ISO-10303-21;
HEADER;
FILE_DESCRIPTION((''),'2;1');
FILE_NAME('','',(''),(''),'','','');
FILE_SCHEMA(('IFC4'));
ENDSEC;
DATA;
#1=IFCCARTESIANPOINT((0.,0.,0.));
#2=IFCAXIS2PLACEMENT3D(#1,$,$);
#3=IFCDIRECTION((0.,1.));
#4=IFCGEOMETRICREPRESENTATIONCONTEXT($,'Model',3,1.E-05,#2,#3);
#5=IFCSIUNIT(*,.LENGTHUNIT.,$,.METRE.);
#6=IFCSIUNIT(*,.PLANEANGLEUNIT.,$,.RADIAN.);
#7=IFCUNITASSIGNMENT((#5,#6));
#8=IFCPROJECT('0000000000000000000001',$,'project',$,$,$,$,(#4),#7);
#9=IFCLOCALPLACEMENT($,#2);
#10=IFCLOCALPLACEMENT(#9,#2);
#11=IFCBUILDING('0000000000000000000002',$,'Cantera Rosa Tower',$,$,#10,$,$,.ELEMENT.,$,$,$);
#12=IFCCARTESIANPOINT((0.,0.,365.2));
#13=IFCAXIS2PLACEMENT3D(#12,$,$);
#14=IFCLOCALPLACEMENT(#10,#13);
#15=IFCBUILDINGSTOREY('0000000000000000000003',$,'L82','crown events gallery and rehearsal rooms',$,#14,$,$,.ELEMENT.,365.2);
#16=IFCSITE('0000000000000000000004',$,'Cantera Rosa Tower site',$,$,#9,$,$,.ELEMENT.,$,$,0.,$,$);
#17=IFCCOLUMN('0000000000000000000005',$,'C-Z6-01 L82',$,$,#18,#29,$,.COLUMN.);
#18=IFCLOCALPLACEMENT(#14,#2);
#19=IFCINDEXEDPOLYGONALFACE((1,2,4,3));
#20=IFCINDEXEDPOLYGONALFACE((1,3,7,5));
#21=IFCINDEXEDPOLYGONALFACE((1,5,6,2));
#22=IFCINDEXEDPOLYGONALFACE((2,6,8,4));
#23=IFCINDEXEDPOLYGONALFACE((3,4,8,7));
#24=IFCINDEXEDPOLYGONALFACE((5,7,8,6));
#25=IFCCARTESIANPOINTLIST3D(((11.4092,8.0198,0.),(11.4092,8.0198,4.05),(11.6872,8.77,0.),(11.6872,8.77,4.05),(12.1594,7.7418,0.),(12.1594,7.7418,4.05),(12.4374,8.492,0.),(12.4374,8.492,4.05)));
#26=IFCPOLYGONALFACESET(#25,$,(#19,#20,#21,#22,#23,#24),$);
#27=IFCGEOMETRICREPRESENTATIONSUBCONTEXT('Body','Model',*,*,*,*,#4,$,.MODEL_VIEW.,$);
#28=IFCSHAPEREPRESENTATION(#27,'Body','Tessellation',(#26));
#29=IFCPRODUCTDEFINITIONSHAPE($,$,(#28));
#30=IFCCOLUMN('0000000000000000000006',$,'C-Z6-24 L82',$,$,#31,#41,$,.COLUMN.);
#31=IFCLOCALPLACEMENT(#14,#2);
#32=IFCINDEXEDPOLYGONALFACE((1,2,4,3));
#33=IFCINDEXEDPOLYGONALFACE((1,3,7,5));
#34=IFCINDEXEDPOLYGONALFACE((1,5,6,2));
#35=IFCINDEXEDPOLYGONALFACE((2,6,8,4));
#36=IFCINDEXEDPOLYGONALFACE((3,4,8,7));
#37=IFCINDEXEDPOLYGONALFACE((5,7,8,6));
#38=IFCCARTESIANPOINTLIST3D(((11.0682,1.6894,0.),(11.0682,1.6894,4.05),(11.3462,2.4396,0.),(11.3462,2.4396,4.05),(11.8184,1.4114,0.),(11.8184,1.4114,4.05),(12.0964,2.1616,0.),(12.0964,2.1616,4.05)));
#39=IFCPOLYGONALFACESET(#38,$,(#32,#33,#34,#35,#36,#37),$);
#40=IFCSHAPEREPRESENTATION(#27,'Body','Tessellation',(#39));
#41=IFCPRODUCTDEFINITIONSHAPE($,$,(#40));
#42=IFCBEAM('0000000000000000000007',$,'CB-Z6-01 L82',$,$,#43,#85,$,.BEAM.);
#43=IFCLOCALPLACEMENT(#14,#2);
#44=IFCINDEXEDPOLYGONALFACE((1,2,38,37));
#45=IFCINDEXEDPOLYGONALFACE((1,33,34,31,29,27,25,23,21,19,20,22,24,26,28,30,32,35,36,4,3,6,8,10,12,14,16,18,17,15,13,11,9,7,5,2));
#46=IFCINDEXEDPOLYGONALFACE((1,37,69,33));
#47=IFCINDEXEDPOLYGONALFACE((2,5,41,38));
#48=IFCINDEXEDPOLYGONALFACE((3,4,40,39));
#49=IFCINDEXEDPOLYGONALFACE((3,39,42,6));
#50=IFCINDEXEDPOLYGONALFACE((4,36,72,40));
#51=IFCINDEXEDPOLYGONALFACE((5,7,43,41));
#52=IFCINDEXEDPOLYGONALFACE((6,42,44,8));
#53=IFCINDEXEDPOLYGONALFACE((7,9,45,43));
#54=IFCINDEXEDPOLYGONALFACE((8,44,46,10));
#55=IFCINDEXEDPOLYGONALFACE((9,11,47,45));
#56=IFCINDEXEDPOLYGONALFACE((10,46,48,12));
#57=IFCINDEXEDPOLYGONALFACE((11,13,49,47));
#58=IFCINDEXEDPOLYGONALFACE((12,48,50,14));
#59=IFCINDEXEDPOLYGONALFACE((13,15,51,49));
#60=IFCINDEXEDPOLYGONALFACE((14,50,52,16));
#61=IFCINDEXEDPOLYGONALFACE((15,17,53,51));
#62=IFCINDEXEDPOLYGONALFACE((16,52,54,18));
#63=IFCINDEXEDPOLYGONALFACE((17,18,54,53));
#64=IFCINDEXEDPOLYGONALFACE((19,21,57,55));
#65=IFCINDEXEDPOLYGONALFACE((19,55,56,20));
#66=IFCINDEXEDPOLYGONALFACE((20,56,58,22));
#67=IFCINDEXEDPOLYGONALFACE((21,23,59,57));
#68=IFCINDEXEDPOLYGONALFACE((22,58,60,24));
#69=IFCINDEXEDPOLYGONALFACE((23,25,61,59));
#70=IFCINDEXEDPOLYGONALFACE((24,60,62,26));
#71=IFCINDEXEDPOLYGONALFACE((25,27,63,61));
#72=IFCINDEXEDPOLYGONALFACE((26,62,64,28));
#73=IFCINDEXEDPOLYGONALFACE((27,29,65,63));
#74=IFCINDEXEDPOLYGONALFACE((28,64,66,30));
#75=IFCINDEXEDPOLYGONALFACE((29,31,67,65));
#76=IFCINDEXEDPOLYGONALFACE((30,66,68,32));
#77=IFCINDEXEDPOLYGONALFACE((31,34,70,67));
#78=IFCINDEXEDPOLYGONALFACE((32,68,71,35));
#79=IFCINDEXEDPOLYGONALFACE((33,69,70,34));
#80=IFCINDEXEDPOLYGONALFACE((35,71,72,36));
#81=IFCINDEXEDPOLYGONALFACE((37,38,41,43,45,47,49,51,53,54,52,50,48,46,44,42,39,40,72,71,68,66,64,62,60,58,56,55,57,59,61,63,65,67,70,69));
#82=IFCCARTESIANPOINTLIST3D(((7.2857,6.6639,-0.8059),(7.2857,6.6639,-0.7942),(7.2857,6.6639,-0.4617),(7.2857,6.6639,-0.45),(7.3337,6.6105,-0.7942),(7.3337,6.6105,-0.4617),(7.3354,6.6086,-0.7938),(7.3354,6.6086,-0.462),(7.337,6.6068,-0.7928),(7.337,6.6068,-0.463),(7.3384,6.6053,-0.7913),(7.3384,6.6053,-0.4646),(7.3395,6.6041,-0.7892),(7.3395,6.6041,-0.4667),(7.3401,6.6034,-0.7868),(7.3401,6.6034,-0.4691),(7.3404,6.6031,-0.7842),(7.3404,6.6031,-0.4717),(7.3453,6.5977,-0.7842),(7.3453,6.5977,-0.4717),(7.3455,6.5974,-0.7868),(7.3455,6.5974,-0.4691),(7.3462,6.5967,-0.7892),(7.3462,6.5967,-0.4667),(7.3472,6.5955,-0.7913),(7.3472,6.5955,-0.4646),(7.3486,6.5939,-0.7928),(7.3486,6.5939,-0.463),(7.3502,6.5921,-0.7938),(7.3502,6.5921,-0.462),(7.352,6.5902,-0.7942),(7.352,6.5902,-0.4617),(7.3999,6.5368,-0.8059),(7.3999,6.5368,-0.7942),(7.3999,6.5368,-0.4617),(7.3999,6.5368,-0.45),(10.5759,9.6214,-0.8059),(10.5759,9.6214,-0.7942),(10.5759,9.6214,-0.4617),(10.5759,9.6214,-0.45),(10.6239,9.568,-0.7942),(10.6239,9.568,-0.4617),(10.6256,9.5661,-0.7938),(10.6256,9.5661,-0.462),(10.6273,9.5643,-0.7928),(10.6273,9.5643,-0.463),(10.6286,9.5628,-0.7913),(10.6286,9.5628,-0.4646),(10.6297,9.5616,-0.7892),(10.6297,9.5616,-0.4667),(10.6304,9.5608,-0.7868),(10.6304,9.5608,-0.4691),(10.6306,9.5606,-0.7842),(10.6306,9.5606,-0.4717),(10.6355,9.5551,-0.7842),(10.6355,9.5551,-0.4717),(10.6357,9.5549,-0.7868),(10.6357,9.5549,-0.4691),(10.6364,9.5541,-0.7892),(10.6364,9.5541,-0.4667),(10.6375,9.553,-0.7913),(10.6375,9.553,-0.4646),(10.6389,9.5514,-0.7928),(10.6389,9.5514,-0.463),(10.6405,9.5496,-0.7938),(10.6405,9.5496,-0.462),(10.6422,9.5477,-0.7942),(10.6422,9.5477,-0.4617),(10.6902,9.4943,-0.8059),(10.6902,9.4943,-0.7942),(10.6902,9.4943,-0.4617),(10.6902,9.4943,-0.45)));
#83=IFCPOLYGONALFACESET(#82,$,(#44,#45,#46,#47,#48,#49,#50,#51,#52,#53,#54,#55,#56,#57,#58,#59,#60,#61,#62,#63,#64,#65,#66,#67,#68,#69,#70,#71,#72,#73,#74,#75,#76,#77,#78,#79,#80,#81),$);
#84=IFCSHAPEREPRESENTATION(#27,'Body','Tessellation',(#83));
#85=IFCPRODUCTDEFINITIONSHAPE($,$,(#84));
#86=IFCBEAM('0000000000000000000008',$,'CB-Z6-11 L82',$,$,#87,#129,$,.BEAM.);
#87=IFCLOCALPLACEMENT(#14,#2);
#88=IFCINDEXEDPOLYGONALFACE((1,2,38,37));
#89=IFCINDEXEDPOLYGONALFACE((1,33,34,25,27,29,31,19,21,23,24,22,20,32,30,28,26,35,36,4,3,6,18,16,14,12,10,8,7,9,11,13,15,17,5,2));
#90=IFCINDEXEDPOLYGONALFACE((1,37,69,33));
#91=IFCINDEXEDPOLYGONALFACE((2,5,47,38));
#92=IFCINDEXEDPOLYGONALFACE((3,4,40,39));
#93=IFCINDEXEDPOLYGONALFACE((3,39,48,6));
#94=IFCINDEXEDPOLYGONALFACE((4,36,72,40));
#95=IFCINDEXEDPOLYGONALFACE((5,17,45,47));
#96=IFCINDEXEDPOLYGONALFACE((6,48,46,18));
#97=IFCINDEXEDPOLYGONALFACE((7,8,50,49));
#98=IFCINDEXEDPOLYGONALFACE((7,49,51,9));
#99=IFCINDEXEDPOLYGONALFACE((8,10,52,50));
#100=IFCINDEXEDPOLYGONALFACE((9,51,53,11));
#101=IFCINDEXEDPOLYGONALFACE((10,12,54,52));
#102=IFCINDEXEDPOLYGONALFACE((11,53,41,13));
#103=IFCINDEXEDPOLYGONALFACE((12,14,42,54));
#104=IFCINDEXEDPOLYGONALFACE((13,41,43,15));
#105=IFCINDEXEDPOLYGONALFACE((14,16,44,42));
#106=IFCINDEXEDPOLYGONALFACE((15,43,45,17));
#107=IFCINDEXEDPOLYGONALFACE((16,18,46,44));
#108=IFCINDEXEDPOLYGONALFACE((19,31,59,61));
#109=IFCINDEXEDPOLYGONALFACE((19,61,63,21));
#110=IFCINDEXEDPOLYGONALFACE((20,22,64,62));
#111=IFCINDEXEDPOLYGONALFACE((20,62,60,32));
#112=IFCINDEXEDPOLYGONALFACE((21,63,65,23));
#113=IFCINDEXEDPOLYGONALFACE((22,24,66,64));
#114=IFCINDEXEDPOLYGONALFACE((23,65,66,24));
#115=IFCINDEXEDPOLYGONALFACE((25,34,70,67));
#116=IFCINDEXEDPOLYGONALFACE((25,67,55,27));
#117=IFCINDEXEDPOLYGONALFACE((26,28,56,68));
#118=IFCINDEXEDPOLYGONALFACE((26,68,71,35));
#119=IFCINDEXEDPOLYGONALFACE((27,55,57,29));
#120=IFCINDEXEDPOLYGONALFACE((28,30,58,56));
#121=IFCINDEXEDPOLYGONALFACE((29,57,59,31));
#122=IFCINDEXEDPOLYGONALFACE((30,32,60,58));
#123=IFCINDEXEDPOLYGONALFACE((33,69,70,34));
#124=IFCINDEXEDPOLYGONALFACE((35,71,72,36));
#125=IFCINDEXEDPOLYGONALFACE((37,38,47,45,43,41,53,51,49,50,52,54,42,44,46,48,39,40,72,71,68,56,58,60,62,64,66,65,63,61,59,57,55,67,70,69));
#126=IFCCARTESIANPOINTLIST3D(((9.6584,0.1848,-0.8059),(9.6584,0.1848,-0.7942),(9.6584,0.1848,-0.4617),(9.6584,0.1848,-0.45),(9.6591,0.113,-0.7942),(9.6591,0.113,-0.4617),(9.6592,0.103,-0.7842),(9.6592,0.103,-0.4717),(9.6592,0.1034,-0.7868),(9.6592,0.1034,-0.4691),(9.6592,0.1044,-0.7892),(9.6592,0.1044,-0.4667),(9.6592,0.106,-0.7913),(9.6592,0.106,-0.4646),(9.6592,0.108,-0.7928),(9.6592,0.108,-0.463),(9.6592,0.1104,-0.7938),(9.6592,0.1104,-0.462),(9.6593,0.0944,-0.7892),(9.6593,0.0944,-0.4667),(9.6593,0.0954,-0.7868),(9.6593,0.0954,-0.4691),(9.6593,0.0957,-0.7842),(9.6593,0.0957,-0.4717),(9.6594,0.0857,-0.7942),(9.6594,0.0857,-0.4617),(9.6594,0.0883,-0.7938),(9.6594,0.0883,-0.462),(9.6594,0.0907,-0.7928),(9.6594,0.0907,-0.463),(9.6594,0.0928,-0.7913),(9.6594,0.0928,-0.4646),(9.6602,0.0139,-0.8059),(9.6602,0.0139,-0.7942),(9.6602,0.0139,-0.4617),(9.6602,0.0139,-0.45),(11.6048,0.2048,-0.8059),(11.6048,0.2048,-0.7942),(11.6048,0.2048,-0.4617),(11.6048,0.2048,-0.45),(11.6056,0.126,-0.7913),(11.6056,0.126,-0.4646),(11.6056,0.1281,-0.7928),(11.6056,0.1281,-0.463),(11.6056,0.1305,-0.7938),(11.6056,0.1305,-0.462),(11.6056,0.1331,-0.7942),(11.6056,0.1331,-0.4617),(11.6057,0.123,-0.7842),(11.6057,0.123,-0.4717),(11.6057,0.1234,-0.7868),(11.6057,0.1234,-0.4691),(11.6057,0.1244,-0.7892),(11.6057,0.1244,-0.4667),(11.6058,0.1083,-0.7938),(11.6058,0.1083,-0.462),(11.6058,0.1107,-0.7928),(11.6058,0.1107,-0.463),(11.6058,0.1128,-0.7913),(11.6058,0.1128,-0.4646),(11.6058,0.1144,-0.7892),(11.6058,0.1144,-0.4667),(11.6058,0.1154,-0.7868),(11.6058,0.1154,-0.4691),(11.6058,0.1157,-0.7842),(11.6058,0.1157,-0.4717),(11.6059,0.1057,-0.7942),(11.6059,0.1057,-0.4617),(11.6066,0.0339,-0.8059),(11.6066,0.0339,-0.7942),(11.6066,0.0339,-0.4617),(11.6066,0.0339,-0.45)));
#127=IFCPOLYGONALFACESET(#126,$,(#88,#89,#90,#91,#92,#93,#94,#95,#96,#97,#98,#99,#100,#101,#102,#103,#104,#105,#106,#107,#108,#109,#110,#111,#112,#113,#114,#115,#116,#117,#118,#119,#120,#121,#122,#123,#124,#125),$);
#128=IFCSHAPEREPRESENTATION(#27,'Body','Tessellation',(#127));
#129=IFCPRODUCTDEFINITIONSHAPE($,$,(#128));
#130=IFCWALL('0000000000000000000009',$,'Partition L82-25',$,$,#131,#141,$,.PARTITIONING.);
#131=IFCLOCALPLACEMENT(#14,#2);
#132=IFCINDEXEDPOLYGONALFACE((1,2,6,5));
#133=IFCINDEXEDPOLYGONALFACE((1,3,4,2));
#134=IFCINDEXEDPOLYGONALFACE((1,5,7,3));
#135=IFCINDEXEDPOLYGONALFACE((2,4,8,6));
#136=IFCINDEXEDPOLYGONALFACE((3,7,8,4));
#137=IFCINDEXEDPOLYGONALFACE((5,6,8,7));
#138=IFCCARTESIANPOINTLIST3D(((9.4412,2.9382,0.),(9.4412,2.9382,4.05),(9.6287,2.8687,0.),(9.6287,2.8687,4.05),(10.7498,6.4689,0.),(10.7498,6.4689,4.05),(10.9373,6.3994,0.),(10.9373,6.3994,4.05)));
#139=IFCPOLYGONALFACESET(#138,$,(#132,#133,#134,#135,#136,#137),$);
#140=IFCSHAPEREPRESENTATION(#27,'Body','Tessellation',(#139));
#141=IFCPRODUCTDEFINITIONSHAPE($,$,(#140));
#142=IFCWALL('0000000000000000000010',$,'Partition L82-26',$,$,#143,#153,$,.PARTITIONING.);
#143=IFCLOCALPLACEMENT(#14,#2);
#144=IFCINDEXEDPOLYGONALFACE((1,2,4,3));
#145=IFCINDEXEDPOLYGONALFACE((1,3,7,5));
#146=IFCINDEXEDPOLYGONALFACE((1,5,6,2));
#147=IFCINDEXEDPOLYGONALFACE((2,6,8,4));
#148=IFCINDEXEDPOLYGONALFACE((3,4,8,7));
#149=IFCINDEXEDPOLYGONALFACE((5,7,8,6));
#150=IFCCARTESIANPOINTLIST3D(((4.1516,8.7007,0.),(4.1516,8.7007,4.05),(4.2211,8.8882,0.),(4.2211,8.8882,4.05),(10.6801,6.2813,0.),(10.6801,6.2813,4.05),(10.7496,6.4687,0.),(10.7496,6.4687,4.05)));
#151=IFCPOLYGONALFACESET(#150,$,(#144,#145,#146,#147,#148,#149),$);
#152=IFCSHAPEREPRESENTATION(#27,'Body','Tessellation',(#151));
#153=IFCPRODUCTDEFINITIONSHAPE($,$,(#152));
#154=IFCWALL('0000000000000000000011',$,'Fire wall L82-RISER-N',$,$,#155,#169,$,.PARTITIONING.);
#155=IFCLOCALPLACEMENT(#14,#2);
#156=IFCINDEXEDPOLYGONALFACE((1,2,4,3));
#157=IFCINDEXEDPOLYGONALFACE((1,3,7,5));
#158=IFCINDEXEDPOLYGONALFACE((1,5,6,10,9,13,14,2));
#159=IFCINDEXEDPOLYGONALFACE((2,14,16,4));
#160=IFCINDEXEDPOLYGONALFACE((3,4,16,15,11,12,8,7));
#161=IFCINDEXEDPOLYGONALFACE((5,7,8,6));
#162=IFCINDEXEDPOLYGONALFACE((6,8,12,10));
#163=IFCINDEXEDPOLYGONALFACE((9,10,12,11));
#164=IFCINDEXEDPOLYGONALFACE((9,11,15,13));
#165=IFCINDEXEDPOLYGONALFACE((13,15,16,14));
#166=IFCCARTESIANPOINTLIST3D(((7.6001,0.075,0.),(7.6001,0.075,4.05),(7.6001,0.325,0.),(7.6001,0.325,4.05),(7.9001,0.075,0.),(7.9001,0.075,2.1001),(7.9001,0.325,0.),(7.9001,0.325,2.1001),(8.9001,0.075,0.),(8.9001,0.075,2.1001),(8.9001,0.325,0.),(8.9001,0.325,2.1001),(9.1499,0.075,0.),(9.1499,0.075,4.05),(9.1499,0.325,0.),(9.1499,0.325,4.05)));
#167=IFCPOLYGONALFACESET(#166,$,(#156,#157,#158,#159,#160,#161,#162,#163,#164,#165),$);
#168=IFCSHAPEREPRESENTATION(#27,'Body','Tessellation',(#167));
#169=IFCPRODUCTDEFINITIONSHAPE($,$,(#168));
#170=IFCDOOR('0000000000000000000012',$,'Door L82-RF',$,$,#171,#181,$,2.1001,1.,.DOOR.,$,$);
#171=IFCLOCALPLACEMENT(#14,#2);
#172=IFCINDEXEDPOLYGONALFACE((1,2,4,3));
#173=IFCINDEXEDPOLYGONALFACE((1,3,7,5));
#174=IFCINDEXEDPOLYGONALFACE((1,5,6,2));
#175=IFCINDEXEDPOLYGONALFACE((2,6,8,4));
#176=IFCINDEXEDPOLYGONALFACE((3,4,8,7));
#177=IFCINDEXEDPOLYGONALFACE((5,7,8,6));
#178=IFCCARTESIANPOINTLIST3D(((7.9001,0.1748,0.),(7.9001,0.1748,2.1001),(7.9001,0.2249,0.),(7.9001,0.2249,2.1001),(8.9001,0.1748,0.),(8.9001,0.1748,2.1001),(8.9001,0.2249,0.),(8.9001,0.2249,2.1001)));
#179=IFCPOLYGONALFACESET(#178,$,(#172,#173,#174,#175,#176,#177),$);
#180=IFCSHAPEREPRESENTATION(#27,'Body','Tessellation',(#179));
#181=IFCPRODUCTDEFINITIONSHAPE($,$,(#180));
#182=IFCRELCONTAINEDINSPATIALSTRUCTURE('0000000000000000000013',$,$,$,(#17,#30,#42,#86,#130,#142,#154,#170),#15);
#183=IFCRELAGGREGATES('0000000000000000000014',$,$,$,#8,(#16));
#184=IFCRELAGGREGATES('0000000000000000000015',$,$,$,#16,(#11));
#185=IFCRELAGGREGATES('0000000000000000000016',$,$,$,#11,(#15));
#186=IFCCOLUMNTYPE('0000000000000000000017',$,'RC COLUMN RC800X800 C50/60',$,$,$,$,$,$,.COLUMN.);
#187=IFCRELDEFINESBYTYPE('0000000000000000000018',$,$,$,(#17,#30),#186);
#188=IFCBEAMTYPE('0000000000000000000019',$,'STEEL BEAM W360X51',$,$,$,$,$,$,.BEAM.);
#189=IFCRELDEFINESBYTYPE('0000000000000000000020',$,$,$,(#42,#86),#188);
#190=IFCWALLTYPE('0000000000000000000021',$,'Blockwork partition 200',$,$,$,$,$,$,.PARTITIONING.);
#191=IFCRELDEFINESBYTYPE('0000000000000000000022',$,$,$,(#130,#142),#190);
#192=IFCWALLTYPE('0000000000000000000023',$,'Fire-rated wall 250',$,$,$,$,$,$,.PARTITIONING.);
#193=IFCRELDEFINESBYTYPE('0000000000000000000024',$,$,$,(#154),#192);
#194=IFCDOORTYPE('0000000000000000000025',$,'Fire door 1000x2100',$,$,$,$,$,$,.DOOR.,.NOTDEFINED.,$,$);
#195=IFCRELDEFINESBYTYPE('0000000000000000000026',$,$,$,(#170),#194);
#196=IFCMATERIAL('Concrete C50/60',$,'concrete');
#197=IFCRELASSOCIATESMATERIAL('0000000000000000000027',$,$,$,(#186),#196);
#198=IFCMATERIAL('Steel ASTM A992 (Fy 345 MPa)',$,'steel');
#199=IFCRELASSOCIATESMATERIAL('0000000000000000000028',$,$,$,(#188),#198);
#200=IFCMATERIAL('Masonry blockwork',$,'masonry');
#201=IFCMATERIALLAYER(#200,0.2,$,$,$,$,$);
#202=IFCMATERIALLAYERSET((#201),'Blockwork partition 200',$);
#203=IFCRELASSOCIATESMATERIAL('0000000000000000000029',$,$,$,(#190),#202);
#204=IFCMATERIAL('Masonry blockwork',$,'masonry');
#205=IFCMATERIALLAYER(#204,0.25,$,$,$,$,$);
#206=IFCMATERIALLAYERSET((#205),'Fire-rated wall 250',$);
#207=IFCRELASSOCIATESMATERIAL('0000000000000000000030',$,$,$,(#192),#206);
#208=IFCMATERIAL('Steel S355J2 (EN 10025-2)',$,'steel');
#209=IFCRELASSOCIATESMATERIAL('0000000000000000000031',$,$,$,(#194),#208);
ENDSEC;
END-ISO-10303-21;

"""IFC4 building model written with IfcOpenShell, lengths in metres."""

from ifc_helpers import new_model, si_unit, direction, frame, frame_2d, origin, origin_2d, place, context, subcontext, project, spatial, rectangle, i_section, extrude, material, layer, layer_set, material_profile, profile_set, type_object, element, fill, save


model = new_model("IFC4")

# Units and contexts
model_context = context("Model", 3, precision=1e-05, world=origin(), true_north=direction((0.0, 1.0)))
body_context = subcontext(model_context, "Body", "Model", "MODEL_VIEW")
ifc_project = project(units=[si_unit("LENGTHUNIT", "METRE"), si_unit("PLANEANGLEUNIT", "RADIAN")], contexts=[model_context])

# Site, building, storey
site_placement = place(None, origin())
site = spatial("IfcSite", under=ifc_project, at=site_placement, Name="Cantera Rosa Tower site", CompositionType="ELEMENT", RefElevation=0.0)
building_placement = place(site_placement, origin())
building = spatial("IfcBuilding", under=site, at=building_placement, Name="Cantera Rosa Tower", CompositionType="ELEMENT")
storey_placement = place(building_placement, frame((0.0, 0.0, 365.2)))
storey = spatial("IfcBuildingStorey", under=building, at=storey_placement, Name="L82", Description="crown events gallery and rehearsal rooms", CompositionType="ELEMENT", Elevation=365.2)

# Columns
ifc_material_1 = material(Name="Concrete C50/60", Category="concrete")
ifc_material_profile_1 = material_profile(ifc_material_1, rectangle(XDim=0.8, YDim=0.8, at=origin_2d()), Name="RC COLUMN RC800X800 C50/60")
ifc_profile_set_1 = profile_set([ifc_material_profile_1], Name="Concrete C50/60")
column_type = type_object("IfcColumnType", Name="RC COLUMN RC800X800 C50/60", PredefinedType="COLUMN", material=ifc_profile_set_1)
for number, where, z_axis, x_axis, name in (
    (1, (11.9233, 8.2559, 0.0), (0.0, 0.0, 1.0), (0.347481, 0.937687, 0.0), "C-Z6-01 L82"),
    (2, (11.5823, 1.9255, 0.0), (0.0, 0.0, 1.0), (0.347481, 0.937687, 0.0), "C-Z6-24 L82"),
):
    element("IfcColumn", number, at=place(storey_placement, frame(where, z_axis=z_axis, x_axis=x_axis)), inside=storey, type_object=column_type, Name=name, PredefinedType="COLUMN", context=body_context, shape_type="SweptSolid", body=[
        extrude(rectangle(XDim=0.8, YDim=0.8, at=origin_2d()), origin(), (0.0, 0.0, 1.0), 4.05),
    ])

# Beams
ifc_material_2 = material(Name="Steel ASTM A992 (Fy 345 MPa)", Category="steel")
ifc_material_profile_2 = material_profile(ifc_material_2, i_section(OverallWidth=0.1709, OverallDepth=0.356, WebThickness=0.0073, FlangeThickness=0.0117, FilletRadius=0.01, at=origin_2d()), Name="W360X51")
ifc_profile_set_2 = profile_set([ifc_material_profile_2], Name="Steel ASTM A992 (Fy 345 MPa)")
beam_type = type_object("IfcBeamType", Name="STEEL BEAM W360X51", PredefinedType="BEAM", material=ifc_profile_set_2)
beam_1_placement = place(storey_placement, frame((10.6331, 9.5579, -0.6279), z_axis=(-0.743714, -0.668498, 0.0), x_axis=(0.668498, -0.743714, 0.0)))
element("IfcBeam", 3, at=beam_1_placement, inside=storey, type_object=beam_type, Name="CB-Z6-01 L82", PredefinedType="BEAM", context=body_context, shape_type="SweptSolid", body=[
    extrude(i_section(OverallWidth=0.1709, OverallDepth=0.356, WebThickness=0.0073, FlangeThickness=0.0117, FilletRadius=0.01, at=origin_2d()), origin(), (0.0, 0.0, 1.0), 4.4241),
])
beam_2_placement = place(storey_placement, frame((11.6057, 0.1194, -0.6279), z_axis=(-0.999947, -0.010284, 0.0), x_axis=(0.010284, -0.999947, 0.0)))
element("IfcBeam", 4, at=beam_2_placement, inside=storey, type_object=beam_type, Name="CB-Z6-11 L82", PredefinedType="BEAM", context=body_context, shape_type="SweptSolid", body=[
    extrude(i_section(OverallWidth=0.1709, OverallDepth=0.356, WebThickness=0.0073, FlangeThickness=0.0117, FilletRadius=0.01, at=origin_2d()), origin(), (0.0, 0.0, 1.0), 1.9465),
])

# Walls
ifc_material_3 = material(Name="Masonry blockwork", Category="masonry")
ifc_layer_1 = layer(ifc_material_3, 0.2)
ifc_layer_set_1 = layer_set([ifc_layer_1], Name="Blockwork partition 200")
wall_type_1 = type_object("IfcWallType", Name="Blockwork partition 200", PredefinedType="PARTITIONING", material=ifc_layer_set_1)
wall_1_placement = place(storey_placement, frame((9.5349, 2.9033, 0.0), z_axis=(0.0, 0.0, 1.0), x_axis=(0.347526, 0.937671, 0.0)))
element("IfcWall", 5, at=wall_1_placement, inside=storey, type_object=wall_type_1, Name="Partition L82-25", PredefinedType="PARTITIONING", context=body_context, shape_type="SweptSolid", body=[
    extrude(rectangle(XDim=3.7654, YDim=0.2, at=frame_2d((1.8828, 0.0))), origin(), (0.0, 0.0, 1.0), 4.05),
])
wall_2_placement = place(storey_placement, frame((10.7148, 6.375, 0.0), z_axis=(0.0, 0.0, 1.0), x_axis=(-0.937681, 0.347497, 0.0)))
element("IfcWall", 6, at=wall_2_placement, inside=storey, type_object=wall_type_1, Name="Partition L82-26", PredefinedType="PARTITIONING", context=body_context, shape_type="SweptSolid", body=[
    extrude(rectangle(XDim=6.9624, YDim=0.2, at=frame_2d((3.4812, 0.0))), origin(), (0.0, 0.0, 1.0), 4.05),
])

# Wall, opening, door
ifc_material_4 = material(Name="Masonry blockwork", Category="masonry")
ifc_layer_2 = layer(ifc_material_4, 0.25)
ifc_layer_set_2 = layer_set([ifc_layer_2], Name="Fire-rated wall 250")
wall_type_2 = type_object("IfcWallType", Name="Fire-rated wall 250", PredefinedType="PARTITIONING", material=ifc_layer_set_2)
wall_3_placement = place(storey_placement, frame((7.6001, 0.2, 0.0), z_axis=(0.0, 0.0, 1.0), x_axis=(1.0, 0.0, 0.0)))
wall_3 = element("IfcWall", 7, at=wall_3_placement, inside=storey, type_object=wall_type_2, Name="Fire wall L82-RISER-N", PredefinedType="PARTITIONING", context=body_context, shape_type="SweptSolid", body=[
    extrude(rectangle(XDim=1.5498, YDim=0.25, at=frame_2d((0.7749, 0.0))), origin(), (0.0, 0.0, 1.0), 4.05),
])
opening_1_placement = place(wall_3_placement, frame((0.3, 0.0, 0.0)))
opening_1 = element("IfcOpeningElement", 8, at=opening_1_placement, cuts=wall_3, PredefinedType="OPENING", context=body_context, shape_type="SweptSolid", body=[
    extrude(rectangle(XDim=1.0, YDim=2.1001, at=frame_2d((0.5, 1.05))), frame((0.0, 0.135, 0.0), z_axis=(0.0, -1.0, 0.0), x_axis=(1.0, 0.0, 0.0)), (0.0, 0.0, 1.0), 0.27),
])
ifc_material_5 = material(Name="Steel S355J2 (EN 10025-2)", Category="steel")
door_type_1 = type_object("IfcDoorType", Name="Fire door 1000x2100", OperationType="NOTDEFINED", PredefinedType="DOOR", material=ifc_material_5)
door_1_placement = place(opening_1_placement, origin())
door_1 = element("IfcDoor", 9, at=door_1_placement, inside=storey, type_object=door_type_1, Name="Door L82-RF", OverallHeight=2.1001, OverallWidth=1.0, PredefinedType="DOOR", context=body_context, shape_type="SweptSolid", body=[
    extrude(rectangle(XDim=1.0, YDim=2.1001, at=frame_2d((0.5, 1.05))), frame((0.0, 0.0249, 0.0), z_axis=(0.0, -1.0, 0.0), x_axis=(1.0, 0.0, 0.0)), (0.0, 0.0, 1.0), 0.05),
])
fill(opening_1, door_1)

save(model, "model.ifc")
